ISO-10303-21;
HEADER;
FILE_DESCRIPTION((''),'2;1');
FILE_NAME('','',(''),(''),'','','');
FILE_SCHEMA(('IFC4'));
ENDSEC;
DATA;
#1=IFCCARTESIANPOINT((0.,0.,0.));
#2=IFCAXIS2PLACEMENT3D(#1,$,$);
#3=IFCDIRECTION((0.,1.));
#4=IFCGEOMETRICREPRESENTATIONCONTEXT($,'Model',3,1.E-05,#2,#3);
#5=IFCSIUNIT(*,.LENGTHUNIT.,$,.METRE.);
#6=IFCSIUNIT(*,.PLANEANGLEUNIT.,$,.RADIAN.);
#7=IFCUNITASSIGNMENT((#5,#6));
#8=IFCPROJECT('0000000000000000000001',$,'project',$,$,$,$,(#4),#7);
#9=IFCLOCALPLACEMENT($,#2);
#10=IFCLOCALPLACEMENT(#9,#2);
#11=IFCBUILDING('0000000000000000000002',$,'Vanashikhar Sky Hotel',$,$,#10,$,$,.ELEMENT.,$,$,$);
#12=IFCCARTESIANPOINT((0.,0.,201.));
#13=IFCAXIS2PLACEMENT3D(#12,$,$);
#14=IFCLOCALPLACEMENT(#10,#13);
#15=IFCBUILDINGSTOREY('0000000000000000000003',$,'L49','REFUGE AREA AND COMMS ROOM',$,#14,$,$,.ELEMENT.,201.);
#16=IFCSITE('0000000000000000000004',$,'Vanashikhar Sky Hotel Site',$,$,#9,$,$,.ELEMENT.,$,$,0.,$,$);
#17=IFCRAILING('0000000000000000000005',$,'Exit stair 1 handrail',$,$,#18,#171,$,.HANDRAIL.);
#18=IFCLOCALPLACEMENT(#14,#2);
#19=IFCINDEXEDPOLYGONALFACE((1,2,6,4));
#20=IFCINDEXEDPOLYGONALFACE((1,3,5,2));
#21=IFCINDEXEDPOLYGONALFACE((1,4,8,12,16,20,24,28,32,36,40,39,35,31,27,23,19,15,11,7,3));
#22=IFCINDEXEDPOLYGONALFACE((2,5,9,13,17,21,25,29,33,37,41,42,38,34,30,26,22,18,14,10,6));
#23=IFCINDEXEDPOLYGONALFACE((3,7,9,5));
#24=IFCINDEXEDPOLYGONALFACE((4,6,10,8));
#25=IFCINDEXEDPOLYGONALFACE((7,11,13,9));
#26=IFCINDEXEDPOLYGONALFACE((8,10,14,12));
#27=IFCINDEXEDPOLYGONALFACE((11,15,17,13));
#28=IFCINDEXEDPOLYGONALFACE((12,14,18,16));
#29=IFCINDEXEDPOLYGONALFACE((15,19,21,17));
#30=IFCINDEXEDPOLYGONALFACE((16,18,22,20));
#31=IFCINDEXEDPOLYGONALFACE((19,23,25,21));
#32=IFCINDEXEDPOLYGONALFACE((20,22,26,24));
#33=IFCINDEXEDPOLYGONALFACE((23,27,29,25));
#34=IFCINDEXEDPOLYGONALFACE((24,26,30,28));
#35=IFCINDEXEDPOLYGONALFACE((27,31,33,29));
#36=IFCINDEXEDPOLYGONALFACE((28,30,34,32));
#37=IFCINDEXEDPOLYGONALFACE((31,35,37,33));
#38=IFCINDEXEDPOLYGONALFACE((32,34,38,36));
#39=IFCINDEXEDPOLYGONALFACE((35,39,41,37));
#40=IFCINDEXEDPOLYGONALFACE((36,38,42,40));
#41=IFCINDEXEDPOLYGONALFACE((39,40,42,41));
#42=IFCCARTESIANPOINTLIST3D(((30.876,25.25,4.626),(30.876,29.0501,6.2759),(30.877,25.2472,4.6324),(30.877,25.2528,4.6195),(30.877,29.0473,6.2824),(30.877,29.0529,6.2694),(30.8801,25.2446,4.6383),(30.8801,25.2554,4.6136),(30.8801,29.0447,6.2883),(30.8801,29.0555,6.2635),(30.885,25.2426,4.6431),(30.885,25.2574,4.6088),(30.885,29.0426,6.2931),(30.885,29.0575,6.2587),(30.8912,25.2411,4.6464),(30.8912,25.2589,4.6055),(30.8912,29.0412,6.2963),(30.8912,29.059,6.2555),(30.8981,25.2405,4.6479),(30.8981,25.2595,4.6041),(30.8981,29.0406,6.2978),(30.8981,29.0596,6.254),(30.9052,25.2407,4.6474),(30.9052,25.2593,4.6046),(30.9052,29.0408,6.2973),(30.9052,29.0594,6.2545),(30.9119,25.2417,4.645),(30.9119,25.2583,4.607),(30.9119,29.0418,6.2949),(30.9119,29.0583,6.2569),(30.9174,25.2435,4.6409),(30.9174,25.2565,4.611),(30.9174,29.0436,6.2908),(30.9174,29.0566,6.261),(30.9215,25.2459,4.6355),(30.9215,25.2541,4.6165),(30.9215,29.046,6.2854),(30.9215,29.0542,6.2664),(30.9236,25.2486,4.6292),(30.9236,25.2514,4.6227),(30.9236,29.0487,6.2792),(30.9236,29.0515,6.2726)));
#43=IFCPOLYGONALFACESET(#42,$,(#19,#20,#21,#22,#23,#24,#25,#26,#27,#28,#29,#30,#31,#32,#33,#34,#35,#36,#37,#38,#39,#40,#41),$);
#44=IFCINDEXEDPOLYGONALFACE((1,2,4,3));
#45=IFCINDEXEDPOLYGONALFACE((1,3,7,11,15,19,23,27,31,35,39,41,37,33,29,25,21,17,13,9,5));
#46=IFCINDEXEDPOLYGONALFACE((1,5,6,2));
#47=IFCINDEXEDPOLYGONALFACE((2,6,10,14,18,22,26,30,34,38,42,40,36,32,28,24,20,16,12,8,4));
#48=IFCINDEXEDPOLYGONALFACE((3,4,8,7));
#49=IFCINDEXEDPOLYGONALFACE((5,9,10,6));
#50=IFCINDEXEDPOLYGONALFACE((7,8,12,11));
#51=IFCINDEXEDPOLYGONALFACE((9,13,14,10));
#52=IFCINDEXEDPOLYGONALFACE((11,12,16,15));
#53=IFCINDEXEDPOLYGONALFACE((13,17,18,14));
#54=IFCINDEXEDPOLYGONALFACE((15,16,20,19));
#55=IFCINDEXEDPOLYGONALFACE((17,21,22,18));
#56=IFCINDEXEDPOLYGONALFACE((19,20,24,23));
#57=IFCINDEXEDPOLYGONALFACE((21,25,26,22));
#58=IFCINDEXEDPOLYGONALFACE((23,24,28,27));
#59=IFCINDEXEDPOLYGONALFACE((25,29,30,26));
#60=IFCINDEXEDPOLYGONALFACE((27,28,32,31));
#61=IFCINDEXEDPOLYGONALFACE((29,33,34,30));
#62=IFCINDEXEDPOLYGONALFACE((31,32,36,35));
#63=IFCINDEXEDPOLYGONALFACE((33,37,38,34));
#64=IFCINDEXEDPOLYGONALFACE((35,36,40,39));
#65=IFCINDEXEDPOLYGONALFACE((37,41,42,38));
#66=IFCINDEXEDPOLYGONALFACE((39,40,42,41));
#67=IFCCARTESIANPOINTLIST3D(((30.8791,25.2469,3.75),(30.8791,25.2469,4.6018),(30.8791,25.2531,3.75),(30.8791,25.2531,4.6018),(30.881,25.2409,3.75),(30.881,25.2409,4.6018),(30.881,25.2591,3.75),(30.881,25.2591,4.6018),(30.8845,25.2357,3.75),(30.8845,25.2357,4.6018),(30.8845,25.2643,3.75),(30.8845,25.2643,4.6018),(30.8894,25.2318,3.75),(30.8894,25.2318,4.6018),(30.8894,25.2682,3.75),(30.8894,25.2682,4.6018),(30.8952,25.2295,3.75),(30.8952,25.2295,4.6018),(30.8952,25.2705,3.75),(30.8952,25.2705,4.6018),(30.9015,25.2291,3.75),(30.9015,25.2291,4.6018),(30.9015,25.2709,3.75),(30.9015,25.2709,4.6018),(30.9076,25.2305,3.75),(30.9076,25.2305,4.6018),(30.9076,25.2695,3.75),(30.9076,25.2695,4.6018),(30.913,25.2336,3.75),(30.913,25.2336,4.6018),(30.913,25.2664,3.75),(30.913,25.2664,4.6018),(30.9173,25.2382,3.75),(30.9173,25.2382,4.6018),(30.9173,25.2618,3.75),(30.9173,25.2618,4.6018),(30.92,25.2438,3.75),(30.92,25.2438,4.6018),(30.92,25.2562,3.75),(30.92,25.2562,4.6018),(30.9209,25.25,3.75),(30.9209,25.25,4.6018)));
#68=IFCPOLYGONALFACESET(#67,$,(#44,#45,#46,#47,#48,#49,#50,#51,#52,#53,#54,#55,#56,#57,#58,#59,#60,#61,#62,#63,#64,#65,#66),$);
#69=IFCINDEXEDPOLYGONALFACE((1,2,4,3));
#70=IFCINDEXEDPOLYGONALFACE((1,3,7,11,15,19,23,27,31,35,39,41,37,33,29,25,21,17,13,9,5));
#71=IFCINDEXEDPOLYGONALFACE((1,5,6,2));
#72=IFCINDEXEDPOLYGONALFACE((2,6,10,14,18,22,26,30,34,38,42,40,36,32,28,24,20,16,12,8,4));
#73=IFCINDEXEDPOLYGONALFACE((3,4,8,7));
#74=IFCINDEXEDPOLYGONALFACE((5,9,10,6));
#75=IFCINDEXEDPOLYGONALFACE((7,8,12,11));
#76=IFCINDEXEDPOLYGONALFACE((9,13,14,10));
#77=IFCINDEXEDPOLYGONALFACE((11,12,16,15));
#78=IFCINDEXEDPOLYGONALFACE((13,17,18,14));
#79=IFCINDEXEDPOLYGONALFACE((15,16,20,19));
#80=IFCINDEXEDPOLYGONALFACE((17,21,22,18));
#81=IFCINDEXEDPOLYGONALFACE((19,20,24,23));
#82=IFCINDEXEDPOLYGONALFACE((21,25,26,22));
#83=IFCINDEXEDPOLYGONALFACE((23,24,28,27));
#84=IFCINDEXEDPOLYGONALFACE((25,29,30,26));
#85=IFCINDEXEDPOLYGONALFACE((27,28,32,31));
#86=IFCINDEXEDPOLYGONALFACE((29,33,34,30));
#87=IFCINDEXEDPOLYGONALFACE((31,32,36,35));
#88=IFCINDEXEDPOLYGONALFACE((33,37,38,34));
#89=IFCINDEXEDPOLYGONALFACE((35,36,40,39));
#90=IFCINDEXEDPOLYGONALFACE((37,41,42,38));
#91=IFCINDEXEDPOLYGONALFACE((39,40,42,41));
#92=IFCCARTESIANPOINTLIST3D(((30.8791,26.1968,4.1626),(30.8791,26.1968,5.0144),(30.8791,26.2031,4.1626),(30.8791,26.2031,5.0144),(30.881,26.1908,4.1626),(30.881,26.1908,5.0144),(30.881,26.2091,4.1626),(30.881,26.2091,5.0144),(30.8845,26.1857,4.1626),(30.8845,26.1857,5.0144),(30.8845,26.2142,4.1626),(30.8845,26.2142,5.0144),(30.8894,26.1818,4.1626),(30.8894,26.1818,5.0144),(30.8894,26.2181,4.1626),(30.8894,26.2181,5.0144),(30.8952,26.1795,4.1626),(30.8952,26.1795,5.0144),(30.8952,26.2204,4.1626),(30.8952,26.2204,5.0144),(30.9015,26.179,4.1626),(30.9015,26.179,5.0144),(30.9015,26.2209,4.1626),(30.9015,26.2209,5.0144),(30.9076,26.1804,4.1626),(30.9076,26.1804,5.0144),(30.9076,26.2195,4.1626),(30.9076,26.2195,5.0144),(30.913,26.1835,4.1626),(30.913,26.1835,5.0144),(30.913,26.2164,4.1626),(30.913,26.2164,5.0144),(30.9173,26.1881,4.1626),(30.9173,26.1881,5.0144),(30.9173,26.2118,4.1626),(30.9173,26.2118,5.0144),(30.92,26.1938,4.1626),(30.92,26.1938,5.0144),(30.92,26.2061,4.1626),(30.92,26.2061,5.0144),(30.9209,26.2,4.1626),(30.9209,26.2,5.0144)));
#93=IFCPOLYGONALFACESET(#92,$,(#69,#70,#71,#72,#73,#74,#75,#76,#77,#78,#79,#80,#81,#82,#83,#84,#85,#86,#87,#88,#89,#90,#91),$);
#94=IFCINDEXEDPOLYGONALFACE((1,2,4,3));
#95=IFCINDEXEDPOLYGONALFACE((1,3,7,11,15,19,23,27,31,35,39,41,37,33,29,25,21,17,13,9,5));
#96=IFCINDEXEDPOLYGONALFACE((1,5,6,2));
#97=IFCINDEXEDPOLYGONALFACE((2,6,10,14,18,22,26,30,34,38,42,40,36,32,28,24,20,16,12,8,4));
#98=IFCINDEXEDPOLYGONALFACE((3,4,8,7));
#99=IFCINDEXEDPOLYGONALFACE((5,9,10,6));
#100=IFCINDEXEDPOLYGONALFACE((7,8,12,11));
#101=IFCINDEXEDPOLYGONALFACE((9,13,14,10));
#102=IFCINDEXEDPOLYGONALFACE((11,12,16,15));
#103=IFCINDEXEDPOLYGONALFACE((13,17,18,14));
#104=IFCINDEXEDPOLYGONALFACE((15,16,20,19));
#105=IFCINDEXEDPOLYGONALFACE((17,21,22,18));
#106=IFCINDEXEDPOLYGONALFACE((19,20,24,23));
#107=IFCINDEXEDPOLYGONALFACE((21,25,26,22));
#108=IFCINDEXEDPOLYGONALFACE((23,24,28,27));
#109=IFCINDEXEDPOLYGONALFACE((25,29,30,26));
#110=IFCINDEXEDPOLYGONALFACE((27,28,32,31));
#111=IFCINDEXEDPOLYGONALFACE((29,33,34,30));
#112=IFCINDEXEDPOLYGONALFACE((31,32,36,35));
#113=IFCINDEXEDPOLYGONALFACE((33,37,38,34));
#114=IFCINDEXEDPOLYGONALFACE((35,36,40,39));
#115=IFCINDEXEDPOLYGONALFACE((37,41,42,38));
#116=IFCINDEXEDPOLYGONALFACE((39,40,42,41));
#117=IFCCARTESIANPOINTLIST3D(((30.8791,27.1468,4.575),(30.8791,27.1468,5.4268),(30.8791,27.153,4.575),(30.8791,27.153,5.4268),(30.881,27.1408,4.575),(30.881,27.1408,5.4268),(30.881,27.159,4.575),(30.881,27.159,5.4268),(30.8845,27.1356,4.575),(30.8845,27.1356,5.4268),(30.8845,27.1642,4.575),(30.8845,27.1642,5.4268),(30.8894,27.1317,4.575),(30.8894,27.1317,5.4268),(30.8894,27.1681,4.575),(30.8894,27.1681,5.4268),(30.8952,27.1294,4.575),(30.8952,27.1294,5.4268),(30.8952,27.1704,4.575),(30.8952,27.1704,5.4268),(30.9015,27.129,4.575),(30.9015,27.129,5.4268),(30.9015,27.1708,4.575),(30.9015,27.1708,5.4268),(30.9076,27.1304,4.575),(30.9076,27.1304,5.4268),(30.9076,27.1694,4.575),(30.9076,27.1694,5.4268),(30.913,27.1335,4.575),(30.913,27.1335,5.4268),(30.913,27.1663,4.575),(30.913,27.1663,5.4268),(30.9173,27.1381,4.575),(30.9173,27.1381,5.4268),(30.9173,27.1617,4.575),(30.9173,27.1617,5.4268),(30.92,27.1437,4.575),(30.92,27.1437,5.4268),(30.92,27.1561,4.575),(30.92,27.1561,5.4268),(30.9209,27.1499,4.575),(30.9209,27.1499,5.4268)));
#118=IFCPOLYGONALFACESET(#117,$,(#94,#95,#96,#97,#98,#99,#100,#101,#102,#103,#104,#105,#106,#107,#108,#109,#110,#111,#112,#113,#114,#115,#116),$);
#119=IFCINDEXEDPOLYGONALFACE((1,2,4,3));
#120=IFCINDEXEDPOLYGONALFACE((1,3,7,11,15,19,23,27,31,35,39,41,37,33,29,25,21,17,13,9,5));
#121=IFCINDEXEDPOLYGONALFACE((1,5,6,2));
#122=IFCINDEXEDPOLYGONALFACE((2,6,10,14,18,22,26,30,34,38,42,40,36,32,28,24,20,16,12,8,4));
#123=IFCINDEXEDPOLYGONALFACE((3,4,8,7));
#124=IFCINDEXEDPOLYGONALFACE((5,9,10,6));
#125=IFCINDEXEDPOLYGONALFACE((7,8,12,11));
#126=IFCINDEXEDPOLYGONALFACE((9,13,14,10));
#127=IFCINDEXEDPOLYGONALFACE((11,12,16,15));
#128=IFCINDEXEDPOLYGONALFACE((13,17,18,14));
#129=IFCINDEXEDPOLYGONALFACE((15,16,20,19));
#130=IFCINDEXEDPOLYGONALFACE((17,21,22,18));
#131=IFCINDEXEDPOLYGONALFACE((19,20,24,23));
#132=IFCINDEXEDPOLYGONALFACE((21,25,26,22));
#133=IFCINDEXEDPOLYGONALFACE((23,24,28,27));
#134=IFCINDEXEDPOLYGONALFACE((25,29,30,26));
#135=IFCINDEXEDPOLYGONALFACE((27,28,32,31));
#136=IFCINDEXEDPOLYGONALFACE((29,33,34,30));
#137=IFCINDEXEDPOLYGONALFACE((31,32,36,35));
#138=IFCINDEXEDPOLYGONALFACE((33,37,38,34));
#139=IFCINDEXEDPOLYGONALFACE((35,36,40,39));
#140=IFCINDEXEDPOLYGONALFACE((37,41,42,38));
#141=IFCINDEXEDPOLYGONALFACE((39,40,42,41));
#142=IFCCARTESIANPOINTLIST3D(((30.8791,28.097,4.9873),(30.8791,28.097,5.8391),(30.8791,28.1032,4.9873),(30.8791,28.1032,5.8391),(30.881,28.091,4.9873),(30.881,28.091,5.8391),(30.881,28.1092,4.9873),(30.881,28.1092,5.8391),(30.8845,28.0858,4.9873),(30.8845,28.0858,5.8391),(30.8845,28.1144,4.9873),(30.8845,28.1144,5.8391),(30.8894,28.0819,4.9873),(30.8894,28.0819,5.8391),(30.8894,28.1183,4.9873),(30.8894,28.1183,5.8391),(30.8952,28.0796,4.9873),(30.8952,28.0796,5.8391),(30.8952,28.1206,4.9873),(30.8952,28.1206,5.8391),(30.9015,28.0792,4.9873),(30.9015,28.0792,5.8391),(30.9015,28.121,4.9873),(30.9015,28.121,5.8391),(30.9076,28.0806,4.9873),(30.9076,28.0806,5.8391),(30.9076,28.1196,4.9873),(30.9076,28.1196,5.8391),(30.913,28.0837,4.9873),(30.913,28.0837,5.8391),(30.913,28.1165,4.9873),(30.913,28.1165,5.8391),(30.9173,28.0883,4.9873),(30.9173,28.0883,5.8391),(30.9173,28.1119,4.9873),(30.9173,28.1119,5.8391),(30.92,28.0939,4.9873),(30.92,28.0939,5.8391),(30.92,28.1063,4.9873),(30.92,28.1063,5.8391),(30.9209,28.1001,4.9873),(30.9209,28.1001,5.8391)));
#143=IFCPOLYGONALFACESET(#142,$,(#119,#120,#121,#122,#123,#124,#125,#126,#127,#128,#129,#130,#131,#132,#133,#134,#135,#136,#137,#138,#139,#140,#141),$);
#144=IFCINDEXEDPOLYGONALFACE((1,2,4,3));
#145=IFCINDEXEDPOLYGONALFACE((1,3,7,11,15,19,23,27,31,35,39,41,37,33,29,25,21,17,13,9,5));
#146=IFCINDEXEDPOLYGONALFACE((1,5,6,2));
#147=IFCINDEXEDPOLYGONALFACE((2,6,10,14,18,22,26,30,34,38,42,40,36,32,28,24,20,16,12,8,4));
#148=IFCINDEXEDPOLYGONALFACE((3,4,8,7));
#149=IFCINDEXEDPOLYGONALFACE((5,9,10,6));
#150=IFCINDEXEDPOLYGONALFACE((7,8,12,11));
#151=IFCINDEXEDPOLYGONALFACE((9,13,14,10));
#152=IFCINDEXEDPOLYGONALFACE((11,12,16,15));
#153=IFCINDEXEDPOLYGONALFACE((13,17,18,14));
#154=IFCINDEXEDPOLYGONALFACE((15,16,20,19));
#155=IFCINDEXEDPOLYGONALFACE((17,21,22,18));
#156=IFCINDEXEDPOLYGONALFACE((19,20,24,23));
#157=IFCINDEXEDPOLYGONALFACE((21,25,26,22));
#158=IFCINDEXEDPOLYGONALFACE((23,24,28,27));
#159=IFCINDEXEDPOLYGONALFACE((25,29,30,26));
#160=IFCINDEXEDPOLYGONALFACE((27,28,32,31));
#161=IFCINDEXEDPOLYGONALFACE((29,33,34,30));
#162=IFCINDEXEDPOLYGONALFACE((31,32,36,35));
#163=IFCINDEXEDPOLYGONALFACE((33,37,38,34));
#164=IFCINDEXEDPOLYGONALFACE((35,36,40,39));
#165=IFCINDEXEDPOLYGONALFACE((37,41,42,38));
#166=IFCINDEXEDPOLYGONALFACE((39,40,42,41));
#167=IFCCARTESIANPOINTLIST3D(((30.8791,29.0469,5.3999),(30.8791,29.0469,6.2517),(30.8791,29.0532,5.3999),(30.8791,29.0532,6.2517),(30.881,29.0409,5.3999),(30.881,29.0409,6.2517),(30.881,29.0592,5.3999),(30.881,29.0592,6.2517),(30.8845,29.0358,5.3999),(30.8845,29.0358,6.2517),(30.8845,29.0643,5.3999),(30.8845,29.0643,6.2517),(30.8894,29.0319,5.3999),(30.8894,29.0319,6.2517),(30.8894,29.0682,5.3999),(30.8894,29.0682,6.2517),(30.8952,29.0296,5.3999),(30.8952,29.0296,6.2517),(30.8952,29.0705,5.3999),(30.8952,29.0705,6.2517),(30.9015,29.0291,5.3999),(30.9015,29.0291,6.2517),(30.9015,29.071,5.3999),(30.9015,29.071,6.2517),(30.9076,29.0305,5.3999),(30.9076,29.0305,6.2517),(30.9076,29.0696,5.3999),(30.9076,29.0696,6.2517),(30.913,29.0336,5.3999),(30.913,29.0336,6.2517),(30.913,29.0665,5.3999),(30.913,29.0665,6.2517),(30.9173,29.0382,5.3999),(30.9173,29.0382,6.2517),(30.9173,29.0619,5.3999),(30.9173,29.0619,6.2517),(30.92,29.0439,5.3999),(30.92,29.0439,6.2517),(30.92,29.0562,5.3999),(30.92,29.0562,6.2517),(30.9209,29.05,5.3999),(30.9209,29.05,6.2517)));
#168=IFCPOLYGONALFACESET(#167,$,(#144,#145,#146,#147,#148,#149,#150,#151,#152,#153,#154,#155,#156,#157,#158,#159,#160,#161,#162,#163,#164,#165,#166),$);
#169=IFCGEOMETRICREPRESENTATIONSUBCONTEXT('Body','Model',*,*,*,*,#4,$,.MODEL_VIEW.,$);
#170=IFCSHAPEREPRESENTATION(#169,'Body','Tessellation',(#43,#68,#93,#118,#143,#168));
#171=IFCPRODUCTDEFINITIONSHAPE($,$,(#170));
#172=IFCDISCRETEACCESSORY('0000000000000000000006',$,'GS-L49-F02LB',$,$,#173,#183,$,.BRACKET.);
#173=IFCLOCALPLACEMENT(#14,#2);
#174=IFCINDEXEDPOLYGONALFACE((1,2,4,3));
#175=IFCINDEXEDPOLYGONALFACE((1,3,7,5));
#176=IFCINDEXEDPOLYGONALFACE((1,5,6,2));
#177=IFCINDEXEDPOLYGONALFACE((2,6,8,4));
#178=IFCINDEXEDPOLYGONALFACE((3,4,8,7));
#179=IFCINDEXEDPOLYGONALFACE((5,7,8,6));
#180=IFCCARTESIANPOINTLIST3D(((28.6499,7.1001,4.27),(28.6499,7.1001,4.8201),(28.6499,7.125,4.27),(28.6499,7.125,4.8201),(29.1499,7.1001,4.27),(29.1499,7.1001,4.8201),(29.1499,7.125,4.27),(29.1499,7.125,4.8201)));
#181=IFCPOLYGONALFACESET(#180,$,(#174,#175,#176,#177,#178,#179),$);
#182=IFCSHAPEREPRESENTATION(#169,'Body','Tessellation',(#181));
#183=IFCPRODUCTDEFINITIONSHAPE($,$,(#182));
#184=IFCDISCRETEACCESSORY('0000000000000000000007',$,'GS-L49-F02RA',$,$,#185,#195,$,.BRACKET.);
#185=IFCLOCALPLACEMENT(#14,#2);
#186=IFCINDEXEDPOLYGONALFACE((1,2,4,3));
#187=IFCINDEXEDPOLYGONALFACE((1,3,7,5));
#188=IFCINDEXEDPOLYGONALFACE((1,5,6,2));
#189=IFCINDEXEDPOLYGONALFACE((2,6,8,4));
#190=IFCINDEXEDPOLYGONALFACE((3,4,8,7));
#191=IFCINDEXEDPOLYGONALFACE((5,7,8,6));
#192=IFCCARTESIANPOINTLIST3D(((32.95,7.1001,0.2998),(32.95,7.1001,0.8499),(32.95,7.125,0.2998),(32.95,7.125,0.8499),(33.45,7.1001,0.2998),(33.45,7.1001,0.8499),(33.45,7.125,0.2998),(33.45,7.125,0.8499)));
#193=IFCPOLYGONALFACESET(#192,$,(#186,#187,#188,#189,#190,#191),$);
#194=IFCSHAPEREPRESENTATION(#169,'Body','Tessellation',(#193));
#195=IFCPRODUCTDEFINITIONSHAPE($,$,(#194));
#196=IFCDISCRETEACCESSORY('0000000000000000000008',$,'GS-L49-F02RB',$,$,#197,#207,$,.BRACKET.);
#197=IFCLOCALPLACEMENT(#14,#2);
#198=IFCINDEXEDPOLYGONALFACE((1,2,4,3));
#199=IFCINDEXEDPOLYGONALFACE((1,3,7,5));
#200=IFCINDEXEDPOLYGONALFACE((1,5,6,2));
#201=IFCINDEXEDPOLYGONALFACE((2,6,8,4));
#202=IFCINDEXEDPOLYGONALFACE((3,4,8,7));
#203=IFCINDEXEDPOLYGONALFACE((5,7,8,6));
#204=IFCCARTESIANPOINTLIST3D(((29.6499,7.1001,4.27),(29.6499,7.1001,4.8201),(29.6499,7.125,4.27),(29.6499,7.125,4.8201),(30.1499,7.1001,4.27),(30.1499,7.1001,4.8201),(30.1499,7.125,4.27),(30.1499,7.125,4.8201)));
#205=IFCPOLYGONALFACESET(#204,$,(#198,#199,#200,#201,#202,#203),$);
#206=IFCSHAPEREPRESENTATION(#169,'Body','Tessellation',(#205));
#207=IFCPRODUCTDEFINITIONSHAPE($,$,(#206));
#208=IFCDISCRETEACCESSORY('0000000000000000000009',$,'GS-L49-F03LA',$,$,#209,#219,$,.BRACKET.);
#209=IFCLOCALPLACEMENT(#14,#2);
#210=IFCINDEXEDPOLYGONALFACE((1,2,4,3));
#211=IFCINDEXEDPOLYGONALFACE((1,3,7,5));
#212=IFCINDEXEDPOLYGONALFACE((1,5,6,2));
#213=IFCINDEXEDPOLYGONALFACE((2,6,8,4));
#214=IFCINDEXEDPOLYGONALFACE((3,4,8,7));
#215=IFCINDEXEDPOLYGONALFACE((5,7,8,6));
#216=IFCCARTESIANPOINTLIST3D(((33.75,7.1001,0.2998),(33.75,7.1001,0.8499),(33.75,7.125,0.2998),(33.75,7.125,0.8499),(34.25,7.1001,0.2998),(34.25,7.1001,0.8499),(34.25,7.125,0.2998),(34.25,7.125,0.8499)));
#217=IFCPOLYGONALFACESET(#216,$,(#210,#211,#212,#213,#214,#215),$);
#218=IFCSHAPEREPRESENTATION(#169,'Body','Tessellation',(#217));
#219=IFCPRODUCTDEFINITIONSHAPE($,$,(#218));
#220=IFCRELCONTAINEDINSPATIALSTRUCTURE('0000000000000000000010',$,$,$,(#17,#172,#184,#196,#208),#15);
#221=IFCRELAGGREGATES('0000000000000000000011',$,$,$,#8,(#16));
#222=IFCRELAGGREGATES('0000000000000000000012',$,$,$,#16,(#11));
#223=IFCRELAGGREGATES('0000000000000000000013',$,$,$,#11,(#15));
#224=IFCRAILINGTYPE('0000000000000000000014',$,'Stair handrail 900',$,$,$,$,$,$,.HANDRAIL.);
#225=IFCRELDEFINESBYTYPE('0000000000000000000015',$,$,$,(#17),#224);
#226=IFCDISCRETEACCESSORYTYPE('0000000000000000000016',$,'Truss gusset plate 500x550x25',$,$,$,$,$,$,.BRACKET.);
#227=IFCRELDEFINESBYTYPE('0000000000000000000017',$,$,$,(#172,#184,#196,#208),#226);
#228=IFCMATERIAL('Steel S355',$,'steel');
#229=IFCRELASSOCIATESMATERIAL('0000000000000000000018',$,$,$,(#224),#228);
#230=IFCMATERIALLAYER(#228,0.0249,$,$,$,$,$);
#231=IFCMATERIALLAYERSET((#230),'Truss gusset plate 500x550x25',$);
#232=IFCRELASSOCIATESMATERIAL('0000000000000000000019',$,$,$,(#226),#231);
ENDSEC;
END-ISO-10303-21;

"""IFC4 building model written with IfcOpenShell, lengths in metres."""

from ifc_helpers import new_model, si_unit, direction, frame, origin, origin_2d, place, context, subcontext, project, spatial, rectangle, circle, extrude, source, transform, mapped, material, layer, layer_set, type_object, element, save


model = new_model("IFC4")

# Units and contexts
model_context = context("Model", 3, precision=1e-05, world=origin(), true_north=direction((0.0, 1.0)))
body_context = subcontext(model_context, "Body", "Model", "MODEL_VIEW")
ifc_project = project(units=[si_unit("LENGTHUNIT", "METRE"), si_unit("PLANEANGLEUNIT", "RADIAN")], contexts=[model_context])

# Site, building, storey
site_placement = place(None, origin())
site = spatial("IfcSite", under=ifc_project, at=site_placement, Name="Vanashikhar Sky Hotel Site", CompositionType="ELEMENT", RefElevation=0.0)
building_placement = place(site_placement, origin())
building = spatial("IfcBuilding", under=site, at=building_placement, Name="Vanashikhar Sky Hotel", CompositionType="ELEMENT")
storey_placement = place(building_placement, frame((0.0, 0.0, 201.0)))
storey = spatial("IfcBuildingStorey", under=building, at=storey_placement, Name="L49", Description="REFUGE AREA AND COMMS ROOM", CompositionType="ELEMENT", Elevation=201.0)

# Railing
ifc_material_1 = material(Name="Steel S355", Category="steel")
railing_type_1 = type_object("IfcRailingType", Name="Stair handrail 900", PredefinedType="HANDRAIL", material=ifc_material_1)
shared_shape_1 = source(origin(), body_context, "Body", "SweptSolid", [
    extrude(circle(Radius=0.0239, at=origin_2d()), frame((0.0, 0.0, 0.876), z_axis=(0.0, 0.917272, 0.398261), x_axis=(-1.0, 0.0, 0.0)), (0.0, 0.0, 1.0), 4.1428),
    extrude(circle(Radius=0.021, at=origin_2d()), origin(), (0.0, 0.0, 1.0), 0.8518),
    extrude(circle(Radius=0.021, at=origin_2d()), frame((0.0, 0.95, 0.4126)), (0.0, 0.0, 1.0), 0.8518),
    extrude(circle(Radius=0.021, at=origin_2d()), frame((0.0, 1.8999, 0.825)), (0.0, 0.0, 1.0), 0.8518),
    extrude(circle(Radius=0.021, at=origin_2d()), frame((0.0, 2.8501, 1.2373)), (0.0, 0.0, 1.0), 0.8518),
    extrude(circle(Radius=0.021, at=origin_2d()), frame((0.0, 3.8, 1.6499)), (0.0, 0.0, 1.0), 0.8518),
])
railing_1_placement = place(storey_placement, frame((30.8999, 25.25, 3.75)))
element("IfcRailing", 1, at=railing_1_placement, inside=storey, type_object=railing_type_1, Name="Exit stair 1 handrail", PredefinedType="HANDRAIL", context=body_context, shape_type="MappedRepresentation", body=[
    mapped(shared_shape_1, transform((0.0, 0.0, 0.0), scale=1.0)),
])

# Discrete accessories
ifc_layer_1 = layer(ifc_material_1, 0.0249)
ifc_layer_set_1 = layer_set([ifc_layer_1], Name="Truss gusset plate 500x550x25")
discrete_accessory_type = type_object("IfcDiscreteAccessoryType", Name="Truss gusset plate 500x550x25", PredefinedType="BRACKET", material=ifc_layer_set_1)
shared_shape_2 = source(origin(), body_context, "Body", "SweptSolid", [
    extrude(rectangle(XDim=0.5, YDim=0.0249, at=origin_2d()), origin(), (0.0, 0.0, 1.0), 0.55),
])
for number, where, z_axis, x_axis, name in (
    (2, (28.8999, 7.1125, 4.27), (0.0, 0.0, 1.0), (1.0, 0.0, 0.0), "GS-L49-F02LB"),
    (3, (33.2, 7.1125, 0.2998), (0.0, 0.0, 1.0), (1.0, 0.0, 0.0), "GS-L49-F02RA"),
    (4, (29.8999, 7.1125, 4.27), (0.0, 0.0, 1.0), (1.0, 0.0, 0.0), "GS-L49-F02RB"),
    (5, (34.0, 7.1125, 0.2998), (0.0, 0.0, 1.0), (1.0, 0.0, 0.0), "GS-L49-F03LA"),
):
    element("IfcDiscreteAccessory", number, at=place(storey_placement, frame(where, z_axis=z_axis, x_axis=x_axis)), inside=storey, type_object=discrete_accessory_type, Name=name, PredefinedType="BRACKET", context=body_context, shape_type="MappedRepresentation", body=[
        mapped(shared_shape_2, transform((0.0, 0.0, 0.0), scale=1.0)),
    ])

save(model, "model.ifc")
